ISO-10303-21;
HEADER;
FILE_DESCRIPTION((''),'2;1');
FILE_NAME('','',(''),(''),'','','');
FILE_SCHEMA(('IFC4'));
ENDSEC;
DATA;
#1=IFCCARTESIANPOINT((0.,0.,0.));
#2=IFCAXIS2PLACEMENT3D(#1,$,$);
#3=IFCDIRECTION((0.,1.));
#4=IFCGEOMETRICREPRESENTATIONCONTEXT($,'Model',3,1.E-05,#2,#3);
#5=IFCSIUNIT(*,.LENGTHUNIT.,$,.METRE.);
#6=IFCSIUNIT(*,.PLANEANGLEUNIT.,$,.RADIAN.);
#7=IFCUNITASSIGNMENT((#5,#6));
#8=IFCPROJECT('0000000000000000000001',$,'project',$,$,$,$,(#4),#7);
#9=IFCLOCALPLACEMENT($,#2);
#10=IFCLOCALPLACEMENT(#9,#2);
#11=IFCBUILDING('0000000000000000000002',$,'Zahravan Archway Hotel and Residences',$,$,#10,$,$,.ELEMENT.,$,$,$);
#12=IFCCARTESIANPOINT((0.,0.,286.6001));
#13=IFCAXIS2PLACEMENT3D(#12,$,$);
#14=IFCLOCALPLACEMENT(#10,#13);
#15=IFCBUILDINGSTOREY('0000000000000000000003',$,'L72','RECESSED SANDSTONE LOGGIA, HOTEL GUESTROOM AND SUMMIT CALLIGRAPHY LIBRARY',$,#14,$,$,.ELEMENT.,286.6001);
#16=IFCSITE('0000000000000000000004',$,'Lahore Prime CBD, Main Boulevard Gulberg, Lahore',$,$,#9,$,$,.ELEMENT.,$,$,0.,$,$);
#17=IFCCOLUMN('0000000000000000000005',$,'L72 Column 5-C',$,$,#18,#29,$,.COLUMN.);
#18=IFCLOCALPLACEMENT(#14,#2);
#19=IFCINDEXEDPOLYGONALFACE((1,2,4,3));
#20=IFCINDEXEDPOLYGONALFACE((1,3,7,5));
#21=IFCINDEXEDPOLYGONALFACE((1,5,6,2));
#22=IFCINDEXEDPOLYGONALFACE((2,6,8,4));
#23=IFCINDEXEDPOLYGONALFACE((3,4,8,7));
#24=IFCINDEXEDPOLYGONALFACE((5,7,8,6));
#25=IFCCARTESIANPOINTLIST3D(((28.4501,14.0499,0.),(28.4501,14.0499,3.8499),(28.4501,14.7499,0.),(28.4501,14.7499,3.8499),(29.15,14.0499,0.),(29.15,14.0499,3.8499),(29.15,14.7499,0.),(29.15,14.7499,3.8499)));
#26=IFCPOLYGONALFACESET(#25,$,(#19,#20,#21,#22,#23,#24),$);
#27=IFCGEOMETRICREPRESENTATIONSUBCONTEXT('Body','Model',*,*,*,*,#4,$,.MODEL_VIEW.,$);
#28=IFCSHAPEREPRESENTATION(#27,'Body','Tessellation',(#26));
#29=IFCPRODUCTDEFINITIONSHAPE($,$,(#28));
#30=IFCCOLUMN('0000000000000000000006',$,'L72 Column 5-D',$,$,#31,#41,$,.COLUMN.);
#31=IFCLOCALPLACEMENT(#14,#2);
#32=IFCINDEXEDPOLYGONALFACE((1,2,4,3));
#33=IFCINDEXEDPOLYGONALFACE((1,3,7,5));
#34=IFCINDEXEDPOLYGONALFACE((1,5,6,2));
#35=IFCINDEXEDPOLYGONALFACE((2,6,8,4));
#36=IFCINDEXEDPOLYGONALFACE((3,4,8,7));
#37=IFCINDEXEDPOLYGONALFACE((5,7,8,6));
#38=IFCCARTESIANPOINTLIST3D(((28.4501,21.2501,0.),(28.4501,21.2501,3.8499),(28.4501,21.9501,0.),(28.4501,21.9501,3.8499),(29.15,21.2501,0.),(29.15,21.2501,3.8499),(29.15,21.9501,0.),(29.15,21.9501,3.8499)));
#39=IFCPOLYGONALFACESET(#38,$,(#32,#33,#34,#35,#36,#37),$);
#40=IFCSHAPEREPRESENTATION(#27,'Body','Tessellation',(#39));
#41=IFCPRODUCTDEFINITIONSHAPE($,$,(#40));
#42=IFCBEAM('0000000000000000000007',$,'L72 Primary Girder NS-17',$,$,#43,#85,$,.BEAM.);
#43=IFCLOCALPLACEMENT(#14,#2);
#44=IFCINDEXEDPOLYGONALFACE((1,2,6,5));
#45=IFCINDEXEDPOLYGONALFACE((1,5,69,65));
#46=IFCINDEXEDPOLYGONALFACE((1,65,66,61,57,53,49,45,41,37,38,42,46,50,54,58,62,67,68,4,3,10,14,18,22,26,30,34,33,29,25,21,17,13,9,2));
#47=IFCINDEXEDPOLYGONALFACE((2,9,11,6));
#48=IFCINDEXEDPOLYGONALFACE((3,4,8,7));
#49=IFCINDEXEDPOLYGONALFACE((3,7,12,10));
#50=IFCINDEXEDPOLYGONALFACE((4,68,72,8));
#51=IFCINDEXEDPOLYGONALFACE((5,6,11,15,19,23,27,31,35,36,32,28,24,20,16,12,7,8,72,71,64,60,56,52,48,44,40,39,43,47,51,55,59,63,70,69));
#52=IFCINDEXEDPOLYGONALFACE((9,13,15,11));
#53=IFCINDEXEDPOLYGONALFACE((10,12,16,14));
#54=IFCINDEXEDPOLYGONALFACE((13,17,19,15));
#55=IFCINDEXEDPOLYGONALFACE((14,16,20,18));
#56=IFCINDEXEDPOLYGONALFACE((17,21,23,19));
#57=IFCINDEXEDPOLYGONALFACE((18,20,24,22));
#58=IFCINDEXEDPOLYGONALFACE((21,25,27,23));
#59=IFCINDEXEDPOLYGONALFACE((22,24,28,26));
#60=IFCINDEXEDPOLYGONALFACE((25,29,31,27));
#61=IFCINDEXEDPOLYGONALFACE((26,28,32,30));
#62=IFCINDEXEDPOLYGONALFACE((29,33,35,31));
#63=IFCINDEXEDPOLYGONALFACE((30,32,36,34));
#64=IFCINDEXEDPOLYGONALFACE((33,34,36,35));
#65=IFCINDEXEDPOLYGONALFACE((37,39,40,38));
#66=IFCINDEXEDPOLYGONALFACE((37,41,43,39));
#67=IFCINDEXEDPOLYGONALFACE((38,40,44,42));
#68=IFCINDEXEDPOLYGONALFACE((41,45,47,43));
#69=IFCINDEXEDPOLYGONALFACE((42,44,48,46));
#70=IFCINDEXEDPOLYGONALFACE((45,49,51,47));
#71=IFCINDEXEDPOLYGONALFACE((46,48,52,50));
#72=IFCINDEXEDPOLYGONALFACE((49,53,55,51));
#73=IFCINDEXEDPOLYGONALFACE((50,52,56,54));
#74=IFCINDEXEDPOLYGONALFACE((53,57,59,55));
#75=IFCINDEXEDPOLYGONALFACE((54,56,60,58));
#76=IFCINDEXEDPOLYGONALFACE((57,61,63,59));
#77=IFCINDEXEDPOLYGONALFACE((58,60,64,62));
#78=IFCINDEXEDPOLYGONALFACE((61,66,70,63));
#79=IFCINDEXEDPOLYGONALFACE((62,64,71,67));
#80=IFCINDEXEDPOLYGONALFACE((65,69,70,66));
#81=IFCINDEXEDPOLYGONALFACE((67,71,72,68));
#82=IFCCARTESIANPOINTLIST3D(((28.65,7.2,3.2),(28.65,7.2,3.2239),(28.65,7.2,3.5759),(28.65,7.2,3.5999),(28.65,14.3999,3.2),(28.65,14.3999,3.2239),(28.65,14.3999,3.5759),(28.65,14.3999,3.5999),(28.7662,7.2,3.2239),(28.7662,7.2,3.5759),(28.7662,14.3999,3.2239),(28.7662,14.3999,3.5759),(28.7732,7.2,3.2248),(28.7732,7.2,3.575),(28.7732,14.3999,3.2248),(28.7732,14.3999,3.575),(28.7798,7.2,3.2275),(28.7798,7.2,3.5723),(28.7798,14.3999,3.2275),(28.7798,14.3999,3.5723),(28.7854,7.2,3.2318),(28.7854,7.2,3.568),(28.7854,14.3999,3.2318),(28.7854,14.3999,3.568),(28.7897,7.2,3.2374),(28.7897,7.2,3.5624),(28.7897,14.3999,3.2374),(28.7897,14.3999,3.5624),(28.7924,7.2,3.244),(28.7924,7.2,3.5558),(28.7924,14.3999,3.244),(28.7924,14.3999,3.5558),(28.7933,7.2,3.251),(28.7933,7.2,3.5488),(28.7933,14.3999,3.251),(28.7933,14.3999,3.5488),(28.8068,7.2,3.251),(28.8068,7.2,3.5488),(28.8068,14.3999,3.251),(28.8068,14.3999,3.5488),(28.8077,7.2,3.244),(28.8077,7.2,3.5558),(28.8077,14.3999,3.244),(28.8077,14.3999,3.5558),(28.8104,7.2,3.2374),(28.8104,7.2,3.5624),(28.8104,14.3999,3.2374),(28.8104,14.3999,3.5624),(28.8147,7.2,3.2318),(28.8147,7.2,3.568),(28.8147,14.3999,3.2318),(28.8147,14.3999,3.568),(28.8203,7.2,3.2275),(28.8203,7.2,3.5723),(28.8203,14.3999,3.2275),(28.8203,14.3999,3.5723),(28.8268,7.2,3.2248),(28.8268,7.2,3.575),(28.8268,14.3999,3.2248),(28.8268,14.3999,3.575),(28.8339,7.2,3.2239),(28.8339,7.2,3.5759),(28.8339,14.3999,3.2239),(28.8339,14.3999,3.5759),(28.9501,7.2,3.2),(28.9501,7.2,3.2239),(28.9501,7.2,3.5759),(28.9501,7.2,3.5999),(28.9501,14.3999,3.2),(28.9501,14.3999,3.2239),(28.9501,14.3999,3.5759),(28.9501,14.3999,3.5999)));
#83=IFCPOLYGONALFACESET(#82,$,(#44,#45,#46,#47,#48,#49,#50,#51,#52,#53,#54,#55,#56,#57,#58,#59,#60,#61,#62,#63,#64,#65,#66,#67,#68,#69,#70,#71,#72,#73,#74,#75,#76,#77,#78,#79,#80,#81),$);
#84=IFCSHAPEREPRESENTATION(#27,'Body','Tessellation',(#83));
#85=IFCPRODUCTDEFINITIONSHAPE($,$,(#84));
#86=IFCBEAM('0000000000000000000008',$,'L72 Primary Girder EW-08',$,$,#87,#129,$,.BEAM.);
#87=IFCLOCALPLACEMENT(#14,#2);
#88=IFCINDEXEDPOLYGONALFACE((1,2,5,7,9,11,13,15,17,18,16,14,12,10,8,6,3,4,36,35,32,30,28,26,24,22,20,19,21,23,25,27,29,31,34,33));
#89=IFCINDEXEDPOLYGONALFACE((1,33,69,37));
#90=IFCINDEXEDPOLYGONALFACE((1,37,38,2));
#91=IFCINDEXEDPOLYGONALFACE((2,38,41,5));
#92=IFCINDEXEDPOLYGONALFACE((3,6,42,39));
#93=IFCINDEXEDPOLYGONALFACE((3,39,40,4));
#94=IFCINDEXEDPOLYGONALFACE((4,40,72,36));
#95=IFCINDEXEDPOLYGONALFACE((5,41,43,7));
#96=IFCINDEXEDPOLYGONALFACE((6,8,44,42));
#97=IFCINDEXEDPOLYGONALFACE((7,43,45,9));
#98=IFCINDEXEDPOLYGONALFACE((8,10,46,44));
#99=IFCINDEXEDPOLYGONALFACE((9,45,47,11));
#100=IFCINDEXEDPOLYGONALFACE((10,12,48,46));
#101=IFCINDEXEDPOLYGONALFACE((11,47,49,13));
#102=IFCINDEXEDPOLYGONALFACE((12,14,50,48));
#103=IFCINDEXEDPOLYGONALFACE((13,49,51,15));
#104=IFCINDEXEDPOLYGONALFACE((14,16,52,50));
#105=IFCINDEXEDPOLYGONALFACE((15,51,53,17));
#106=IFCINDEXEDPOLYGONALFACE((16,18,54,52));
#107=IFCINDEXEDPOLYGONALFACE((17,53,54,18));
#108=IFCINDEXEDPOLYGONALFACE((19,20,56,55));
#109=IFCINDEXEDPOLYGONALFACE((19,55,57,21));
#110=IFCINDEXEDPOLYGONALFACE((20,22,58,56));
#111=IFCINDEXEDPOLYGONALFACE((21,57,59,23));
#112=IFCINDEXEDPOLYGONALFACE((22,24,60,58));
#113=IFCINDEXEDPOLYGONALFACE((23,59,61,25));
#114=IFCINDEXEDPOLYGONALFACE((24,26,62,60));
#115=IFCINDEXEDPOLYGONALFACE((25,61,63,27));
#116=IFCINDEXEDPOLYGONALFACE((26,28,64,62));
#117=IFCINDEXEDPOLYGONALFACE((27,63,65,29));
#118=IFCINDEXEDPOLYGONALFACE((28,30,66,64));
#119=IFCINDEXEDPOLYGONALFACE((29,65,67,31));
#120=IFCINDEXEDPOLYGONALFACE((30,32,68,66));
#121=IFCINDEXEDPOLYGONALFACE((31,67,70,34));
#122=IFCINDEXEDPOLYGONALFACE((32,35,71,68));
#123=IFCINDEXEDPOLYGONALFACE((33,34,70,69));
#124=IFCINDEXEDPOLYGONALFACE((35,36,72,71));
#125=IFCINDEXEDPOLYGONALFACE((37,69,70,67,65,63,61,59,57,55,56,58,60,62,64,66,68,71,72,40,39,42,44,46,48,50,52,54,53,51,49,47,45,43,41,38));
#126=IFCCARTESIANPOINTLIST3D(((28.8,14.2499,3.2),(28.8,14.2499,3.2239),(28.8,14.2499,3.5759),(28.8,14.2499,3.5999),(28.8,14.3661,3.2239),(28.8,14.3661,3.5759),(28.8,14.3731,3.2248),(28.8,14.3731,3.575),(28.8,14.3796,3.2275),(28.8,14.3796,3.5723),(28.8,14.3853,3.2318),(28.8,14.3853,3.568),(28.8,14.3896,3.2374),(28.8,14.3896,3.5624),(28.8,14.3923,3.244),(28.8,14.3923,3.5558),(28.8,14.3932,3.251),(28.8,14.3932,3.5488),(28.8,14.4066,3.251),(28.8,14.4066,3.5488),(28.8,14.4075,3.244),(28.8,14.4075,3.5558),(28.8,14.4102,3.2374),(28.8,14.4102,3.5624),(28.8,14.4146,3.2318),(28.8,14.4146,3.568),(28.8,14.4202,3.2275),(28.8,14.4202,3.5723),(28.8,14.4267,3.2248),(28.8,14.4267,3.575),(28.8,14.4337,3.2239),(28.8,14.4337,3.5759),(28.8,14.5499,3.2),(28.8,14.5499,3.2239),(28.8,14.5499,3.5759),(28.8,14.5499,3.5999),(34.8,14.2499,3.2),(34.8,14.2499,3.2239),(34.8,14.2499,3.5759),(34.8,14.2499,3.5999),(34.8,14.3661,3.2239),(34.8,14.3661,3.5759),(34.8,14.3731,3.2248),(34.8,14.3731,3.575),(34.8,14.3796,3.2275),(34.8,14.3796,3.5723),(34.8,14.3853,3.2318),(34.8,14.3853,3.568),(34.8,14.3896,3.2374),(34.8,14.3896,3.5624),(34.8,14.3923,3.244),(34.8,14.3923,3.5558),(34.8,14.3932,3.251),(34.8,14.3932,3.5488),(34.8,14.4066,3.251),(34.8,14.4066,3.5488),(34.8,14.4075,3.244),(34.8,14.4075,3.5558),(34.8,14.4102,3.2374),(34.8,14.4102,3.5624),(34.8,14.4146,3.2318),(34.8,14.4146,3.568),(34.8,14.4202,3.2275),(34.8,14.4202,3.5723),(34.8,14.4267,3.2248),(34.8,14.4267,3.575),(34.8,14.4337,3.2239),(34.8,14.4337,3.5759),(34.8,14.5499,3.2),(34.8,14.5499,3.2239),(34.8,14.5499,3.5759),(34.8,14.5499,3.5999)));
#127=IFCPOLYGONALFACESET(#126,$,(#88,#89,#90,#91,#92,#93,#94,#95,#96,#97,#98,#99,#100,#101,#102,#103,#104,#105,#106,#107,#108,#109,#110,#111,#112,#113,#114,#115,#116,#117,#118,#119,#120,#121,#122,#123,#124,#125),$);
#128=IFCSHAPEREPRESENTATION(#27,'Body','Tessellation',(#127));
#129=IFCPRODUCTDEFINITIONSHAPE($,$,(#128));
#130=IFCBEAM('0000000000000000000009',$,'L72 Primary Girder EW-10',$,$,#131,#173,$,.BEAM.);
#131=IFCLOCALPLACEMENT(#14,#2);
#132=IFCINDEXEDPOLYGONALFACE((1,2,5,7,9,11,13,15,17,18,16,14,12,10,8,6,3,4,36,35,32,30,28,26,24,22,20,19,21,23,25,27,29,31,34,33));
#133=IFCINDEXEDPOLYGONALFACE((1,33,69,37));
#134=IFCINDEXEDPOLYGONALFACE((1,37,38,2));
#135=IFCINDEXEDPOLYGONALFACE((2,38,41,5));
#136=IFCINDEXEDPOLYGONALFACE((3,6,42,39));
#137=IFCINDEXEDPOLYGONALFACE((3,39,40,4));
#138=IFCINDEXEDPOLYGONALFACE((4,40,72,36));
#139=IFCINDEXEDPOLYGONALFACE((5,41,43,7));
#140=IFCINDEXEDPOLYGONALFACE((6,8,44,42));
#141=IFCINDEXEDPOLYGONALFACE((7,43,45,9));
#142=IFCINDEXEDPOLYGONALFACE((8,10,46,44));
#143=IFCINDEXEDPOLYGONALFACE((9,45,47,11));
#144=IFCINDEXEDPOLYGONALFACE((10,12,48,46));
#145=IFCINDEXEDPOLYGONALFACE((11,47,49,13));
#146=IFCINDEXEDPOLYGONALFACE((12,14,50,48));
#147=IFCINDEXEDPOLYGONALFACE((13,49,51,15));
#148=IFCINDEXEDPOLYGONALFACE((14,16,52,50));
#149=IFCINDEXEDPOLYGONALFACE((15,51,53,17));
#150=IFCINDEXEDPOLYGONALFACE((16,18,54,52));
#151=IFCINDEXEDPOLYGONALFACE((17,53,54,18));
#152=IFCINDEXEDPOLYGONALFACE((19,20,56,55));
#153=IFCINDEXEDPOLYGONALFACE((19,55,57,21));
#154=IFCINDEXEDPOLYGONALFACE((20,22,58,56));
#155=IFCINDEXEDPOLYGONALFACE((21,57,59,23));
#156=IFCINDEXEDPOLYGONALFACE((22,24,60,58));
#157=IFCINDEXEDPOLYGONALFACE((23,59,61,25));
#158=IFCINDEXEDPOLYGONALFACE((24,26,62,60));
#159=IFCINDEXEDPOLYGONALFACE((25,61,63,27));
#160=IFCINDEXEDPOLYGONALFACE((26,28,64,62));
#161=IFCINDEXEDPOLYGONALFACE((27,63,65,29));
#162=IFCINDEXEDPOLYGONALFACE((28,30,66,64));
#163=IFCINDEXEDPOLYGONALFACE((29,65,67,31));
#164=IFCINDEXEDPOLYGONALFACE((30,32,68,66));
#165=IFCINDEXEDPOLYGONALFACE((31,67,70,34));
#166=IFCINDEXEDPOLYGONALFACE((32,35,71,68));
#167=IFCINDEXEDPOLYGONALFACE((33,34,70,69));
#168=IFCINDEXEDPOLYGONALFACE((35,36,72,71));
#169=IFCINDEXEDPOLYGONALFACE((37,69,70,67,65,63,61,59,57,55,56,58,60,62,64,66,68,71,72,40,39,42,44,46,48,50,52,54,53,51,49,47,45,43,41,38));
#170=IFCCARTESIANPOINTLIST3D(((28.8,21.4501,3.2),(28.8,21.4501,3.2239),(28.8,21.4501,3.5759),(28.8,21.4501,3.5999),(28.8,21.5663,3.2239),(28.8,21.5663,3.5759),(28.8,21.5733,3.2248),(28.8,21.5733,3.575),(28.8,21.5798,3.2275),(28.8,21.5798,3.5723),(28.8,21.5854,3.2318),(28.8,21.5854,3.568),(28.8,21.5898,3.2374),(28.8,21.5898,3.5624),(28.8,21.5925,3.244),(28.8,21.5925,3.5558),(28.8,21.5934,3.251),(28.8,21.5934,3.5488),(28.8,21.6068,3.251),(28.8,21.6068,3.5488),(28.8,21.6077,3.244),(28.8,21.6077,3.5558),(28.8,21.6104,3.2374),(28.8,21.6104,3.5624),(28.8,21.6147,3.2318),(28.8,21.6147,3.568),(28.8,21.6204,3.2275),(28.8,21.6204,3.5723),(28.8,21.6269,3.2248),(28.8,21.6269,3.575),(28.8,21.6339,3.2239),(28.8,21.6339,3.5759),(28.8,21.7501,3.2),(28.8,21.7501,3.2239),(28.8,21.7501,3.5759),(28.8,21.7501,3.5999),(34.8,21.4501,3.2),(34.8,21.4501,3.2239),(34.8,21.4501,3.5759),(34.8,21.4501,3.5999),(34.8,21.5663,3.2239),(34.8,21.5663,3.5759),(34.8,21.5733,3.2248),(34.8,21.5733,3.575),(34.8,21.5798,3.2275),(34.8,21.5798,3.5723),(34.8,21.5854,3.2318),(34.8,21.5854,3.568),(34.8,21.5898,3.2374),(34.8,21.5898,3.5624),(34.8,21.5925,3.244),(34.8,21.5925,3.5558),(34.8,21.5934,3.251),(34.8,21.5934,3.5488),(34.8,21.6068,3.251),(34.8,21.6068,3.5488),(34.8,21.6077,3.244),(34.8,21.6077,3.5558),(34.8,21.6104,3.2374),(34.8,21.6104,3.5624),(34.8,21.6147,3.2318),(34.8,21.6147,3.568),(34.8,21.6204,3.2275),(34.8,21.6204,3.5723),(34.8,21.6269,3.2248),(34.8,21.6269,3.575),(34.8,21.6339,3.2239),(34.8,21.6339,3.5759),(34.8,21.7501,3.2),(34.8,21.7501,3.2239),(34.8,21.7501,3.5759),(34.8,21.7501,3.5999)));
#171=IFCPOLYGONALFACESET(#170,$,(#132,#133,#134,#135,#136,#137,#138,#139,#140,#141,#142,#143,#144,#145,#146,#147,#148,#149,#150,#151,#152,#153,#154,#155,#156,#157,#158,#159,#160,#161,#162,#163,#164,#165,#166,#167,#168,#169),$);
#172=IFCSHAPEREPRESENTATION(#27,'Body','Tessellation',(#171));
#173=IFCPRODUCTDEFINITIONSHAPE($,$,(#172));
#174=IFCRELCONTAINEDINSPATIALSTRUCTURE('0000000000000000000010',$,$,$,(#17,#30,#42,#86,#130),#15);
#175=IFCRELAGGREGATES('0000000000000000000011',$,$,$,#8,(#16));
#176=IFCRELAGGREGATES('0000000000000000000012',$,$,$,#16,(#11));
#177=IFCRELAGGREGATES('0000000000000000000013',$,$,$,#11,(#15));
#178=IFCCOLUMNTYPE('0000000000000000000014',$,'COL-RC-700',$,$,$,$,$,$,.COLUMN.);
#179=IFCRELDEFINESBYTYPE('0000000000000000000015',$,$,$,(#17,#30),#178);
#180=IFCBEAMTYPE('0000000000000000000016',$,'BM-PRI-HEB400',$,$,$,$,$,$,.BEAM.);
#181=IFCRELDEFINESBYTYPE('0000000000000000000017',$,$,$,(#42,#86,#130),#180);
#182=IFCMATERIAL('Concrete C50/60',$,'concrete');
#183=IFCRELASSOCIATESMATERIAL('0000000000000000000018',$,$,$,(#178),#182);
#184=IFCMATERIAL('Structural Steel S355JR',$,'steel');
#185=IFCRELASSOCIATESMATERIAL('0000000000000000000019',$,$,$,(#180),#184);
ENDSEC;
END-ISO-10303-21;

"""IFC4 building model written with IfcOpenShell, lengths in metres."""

from ifc_helpers import new_model, si_unit, direction, frame, origin, origin_2d, place, context, subcontext, project, spatial, rectangle, i_section, extrude, source, transform, mapped, material, material_profile, profile_set, type_object, type_shapes, element, save


model = new_model("IFC4")

# Units and contexts
model_context = context("Model", 3, precision=1e-05, world=origin(), true_north=direction((0.0, 1.0)))
body_context = subcontext(model_context, "Body", "Model", "MODEL_VIEW")
ifc_project = project(units=[si_unit("LENGTHUNIT", "METRE"), si_unit("PLANEANGLEUNIT", "RADIAN")], contexts=[model_context])

# Site, building, storey
site_placement = place(None, origin())
site = spatial("IfcSite", under=ifc_project, at=site_placement, Name="Lahore Prime CBD, Main Boulevard Gulberg, Lahore", CompositionType="ELEMENT", RefElevation=0.0)
building_placement = place(site_placement, origin())
building = spatial("IfcBuilding", under=site, at=building_placement, Name="Zahravan Archway Hotel and Residences", CompositionType="ELEMENT")
storey_placement = place(building_placement, frame((0.0, 0.0, 286.6001)))
storey = spatial("IfcBuildingStorey", under=building, at=storey_placement, Name="L72", Description="RECESSED SANDSTONE LOGGIA, HOTEL GUESTROOM AND SUMMIT CALLIGRAPHY LIBRARY", CompositionType="ELEMENT", Elevation=286.6001)

# Columns
ifc_material_1 = material(Name="Concrete C50/60", Category="concrete")
ifc_material_profile_1 = material_profile(ifc_material_1, rectangle(XDim=0.7, YDim=0.7, at=origin_2d()), Name="RC-COL-700x700", Category="concrete")
ifc_profile_set_1 = profile_set([ifc_material_profile_1], Name="Concrete C50/60")
column_type = type_object("IfcColumnType", Name="COL-RC-700", PredefinedType="COLUMN", material=ifc_profile_set_1)
shared_shape_1 = source(origin(), body_context, "Body", "SweptSolid", [
    extrude(rectangle(XDim=0.7, YDim=0.7, at=origin_2d()), origin(), (0.0, 0.0, 1.0), 3.8499),
])
type_shapes(column_type, [shared_shape_1])
for number, where, z_axis, x_axis, name in (
    (1, (28.8, 14.3999, 0.0), (0.0, 0.0, 1.0), (1.0, 0.0, 0.0), "L72 Column 5-C"),
    (2, (28.8, 21.6001, 0.0), (0.0, 0.0, 1.0), (1.0, 0.0, 0.0), "L72 Column 5-D"),
):
    element("IfcColumn", number, at=place(storey_placement, frame(where, z_axis=z_axis, x_axis=x_axis)), inside=storey, type_object=column_type, Name=name, PredefinedType="COLUMN", context=body_context, shape_type="MappedRepresentation", body=[
        mapped(shared_shape_1, transform((0.0, 0.0, 0.0), scale=1.0)),
    ])

# Beams
ifc_material_2 = material(Name="Structural Steel S355JR", Category="steel")
ifc_material_profile_2 = material_profile(ifc_material_2, i_section(OverallWidth=0.3, OverallDepth=0.3999, WebThickness=0.0134, FlangeThickness=0.0239, FilletRadius=0.0271, at=origin_2d()), Name="HEB 400", Category="steel")
ifc_profile_set_2 = profile_set([ifc_material_profile_2], Name="Structural Steel S355JR")
beam_type_1 = type_object("IfcBeamType", Name="BM-PRI-HEB400", PredefinedType="BEAM", material=ifc_profile_set_2)
shared_shape_2 = source(origin(), body_context, "Body", "SweptSolid", [
    extrude(i_section(OverallWidth=0.3, OverallDepth=0.3999, WebThickness=0.0134, FlangeThickness=0.0239, FilletRadius=0.0271, at=origin_2d()), origin(), (0.0, 0.0, 1.0), 7.2),
])
type_shapes(beam_type_1, [shared_shape_2])
beam_1_placement = place(storey_placement, frame((28.8, 7.2, 3.3999), z_axis=(0.0, 1.0, 0.0), x_axis=(-1.0, 0.0, 0.0)))
element("IfcBeam", 3, at=beam_1_placement, inside=storey, type_object=beam_type_1, Name="L72 Primary Girder NS-17", PredefinedType="BEAM", context=body_context, shape_type="MappedRepresentation", body=[
    mapped(shared_shape_2, transform((0.0, 0.0, 0.0), scale=1.0)),
])
shared_shape_3 = source(origin(), body_context, "Body", "SweptSolid", [
    extrude(i_section(OverallWidth=0.3, OverallDepth=0.3999, WebThickness=0.0134, FlangeThickness=0.0239, FilletRadius=0.0271, at=origin_2d()), origin(), (0.0, 0.0, 1.0), 6.0),
])
for number, where, z_axis, x_axis, name in (
    (4, (28.8, 14.3999, 3.3999), (1.0, 0.0, 0.0), (0.0, 1.0, 0.0), "L72 Primary Girder EW-08"),
    (5, (28.8, 21.6001, 3.3999), (1.0, 0.0, 0.0), (0.0, 1.0, 0.0), "L72 Primary Girder EW-10"),
):
    element("IfcBeam", number, at=place(storey_placement, frame(where, z_axis=z_axis, x_axis=x_axis)), inside=storey, type_object=beam_type_1, Name=name, PredefinedType="BEAM", context=body_context, shape_type="MappedRepresentation", body=[
        mapped(shared_shape_3, transform((0.0, 0.0, 0.0), scale=1.0)),
    ])

save(model, "model.ifc")
